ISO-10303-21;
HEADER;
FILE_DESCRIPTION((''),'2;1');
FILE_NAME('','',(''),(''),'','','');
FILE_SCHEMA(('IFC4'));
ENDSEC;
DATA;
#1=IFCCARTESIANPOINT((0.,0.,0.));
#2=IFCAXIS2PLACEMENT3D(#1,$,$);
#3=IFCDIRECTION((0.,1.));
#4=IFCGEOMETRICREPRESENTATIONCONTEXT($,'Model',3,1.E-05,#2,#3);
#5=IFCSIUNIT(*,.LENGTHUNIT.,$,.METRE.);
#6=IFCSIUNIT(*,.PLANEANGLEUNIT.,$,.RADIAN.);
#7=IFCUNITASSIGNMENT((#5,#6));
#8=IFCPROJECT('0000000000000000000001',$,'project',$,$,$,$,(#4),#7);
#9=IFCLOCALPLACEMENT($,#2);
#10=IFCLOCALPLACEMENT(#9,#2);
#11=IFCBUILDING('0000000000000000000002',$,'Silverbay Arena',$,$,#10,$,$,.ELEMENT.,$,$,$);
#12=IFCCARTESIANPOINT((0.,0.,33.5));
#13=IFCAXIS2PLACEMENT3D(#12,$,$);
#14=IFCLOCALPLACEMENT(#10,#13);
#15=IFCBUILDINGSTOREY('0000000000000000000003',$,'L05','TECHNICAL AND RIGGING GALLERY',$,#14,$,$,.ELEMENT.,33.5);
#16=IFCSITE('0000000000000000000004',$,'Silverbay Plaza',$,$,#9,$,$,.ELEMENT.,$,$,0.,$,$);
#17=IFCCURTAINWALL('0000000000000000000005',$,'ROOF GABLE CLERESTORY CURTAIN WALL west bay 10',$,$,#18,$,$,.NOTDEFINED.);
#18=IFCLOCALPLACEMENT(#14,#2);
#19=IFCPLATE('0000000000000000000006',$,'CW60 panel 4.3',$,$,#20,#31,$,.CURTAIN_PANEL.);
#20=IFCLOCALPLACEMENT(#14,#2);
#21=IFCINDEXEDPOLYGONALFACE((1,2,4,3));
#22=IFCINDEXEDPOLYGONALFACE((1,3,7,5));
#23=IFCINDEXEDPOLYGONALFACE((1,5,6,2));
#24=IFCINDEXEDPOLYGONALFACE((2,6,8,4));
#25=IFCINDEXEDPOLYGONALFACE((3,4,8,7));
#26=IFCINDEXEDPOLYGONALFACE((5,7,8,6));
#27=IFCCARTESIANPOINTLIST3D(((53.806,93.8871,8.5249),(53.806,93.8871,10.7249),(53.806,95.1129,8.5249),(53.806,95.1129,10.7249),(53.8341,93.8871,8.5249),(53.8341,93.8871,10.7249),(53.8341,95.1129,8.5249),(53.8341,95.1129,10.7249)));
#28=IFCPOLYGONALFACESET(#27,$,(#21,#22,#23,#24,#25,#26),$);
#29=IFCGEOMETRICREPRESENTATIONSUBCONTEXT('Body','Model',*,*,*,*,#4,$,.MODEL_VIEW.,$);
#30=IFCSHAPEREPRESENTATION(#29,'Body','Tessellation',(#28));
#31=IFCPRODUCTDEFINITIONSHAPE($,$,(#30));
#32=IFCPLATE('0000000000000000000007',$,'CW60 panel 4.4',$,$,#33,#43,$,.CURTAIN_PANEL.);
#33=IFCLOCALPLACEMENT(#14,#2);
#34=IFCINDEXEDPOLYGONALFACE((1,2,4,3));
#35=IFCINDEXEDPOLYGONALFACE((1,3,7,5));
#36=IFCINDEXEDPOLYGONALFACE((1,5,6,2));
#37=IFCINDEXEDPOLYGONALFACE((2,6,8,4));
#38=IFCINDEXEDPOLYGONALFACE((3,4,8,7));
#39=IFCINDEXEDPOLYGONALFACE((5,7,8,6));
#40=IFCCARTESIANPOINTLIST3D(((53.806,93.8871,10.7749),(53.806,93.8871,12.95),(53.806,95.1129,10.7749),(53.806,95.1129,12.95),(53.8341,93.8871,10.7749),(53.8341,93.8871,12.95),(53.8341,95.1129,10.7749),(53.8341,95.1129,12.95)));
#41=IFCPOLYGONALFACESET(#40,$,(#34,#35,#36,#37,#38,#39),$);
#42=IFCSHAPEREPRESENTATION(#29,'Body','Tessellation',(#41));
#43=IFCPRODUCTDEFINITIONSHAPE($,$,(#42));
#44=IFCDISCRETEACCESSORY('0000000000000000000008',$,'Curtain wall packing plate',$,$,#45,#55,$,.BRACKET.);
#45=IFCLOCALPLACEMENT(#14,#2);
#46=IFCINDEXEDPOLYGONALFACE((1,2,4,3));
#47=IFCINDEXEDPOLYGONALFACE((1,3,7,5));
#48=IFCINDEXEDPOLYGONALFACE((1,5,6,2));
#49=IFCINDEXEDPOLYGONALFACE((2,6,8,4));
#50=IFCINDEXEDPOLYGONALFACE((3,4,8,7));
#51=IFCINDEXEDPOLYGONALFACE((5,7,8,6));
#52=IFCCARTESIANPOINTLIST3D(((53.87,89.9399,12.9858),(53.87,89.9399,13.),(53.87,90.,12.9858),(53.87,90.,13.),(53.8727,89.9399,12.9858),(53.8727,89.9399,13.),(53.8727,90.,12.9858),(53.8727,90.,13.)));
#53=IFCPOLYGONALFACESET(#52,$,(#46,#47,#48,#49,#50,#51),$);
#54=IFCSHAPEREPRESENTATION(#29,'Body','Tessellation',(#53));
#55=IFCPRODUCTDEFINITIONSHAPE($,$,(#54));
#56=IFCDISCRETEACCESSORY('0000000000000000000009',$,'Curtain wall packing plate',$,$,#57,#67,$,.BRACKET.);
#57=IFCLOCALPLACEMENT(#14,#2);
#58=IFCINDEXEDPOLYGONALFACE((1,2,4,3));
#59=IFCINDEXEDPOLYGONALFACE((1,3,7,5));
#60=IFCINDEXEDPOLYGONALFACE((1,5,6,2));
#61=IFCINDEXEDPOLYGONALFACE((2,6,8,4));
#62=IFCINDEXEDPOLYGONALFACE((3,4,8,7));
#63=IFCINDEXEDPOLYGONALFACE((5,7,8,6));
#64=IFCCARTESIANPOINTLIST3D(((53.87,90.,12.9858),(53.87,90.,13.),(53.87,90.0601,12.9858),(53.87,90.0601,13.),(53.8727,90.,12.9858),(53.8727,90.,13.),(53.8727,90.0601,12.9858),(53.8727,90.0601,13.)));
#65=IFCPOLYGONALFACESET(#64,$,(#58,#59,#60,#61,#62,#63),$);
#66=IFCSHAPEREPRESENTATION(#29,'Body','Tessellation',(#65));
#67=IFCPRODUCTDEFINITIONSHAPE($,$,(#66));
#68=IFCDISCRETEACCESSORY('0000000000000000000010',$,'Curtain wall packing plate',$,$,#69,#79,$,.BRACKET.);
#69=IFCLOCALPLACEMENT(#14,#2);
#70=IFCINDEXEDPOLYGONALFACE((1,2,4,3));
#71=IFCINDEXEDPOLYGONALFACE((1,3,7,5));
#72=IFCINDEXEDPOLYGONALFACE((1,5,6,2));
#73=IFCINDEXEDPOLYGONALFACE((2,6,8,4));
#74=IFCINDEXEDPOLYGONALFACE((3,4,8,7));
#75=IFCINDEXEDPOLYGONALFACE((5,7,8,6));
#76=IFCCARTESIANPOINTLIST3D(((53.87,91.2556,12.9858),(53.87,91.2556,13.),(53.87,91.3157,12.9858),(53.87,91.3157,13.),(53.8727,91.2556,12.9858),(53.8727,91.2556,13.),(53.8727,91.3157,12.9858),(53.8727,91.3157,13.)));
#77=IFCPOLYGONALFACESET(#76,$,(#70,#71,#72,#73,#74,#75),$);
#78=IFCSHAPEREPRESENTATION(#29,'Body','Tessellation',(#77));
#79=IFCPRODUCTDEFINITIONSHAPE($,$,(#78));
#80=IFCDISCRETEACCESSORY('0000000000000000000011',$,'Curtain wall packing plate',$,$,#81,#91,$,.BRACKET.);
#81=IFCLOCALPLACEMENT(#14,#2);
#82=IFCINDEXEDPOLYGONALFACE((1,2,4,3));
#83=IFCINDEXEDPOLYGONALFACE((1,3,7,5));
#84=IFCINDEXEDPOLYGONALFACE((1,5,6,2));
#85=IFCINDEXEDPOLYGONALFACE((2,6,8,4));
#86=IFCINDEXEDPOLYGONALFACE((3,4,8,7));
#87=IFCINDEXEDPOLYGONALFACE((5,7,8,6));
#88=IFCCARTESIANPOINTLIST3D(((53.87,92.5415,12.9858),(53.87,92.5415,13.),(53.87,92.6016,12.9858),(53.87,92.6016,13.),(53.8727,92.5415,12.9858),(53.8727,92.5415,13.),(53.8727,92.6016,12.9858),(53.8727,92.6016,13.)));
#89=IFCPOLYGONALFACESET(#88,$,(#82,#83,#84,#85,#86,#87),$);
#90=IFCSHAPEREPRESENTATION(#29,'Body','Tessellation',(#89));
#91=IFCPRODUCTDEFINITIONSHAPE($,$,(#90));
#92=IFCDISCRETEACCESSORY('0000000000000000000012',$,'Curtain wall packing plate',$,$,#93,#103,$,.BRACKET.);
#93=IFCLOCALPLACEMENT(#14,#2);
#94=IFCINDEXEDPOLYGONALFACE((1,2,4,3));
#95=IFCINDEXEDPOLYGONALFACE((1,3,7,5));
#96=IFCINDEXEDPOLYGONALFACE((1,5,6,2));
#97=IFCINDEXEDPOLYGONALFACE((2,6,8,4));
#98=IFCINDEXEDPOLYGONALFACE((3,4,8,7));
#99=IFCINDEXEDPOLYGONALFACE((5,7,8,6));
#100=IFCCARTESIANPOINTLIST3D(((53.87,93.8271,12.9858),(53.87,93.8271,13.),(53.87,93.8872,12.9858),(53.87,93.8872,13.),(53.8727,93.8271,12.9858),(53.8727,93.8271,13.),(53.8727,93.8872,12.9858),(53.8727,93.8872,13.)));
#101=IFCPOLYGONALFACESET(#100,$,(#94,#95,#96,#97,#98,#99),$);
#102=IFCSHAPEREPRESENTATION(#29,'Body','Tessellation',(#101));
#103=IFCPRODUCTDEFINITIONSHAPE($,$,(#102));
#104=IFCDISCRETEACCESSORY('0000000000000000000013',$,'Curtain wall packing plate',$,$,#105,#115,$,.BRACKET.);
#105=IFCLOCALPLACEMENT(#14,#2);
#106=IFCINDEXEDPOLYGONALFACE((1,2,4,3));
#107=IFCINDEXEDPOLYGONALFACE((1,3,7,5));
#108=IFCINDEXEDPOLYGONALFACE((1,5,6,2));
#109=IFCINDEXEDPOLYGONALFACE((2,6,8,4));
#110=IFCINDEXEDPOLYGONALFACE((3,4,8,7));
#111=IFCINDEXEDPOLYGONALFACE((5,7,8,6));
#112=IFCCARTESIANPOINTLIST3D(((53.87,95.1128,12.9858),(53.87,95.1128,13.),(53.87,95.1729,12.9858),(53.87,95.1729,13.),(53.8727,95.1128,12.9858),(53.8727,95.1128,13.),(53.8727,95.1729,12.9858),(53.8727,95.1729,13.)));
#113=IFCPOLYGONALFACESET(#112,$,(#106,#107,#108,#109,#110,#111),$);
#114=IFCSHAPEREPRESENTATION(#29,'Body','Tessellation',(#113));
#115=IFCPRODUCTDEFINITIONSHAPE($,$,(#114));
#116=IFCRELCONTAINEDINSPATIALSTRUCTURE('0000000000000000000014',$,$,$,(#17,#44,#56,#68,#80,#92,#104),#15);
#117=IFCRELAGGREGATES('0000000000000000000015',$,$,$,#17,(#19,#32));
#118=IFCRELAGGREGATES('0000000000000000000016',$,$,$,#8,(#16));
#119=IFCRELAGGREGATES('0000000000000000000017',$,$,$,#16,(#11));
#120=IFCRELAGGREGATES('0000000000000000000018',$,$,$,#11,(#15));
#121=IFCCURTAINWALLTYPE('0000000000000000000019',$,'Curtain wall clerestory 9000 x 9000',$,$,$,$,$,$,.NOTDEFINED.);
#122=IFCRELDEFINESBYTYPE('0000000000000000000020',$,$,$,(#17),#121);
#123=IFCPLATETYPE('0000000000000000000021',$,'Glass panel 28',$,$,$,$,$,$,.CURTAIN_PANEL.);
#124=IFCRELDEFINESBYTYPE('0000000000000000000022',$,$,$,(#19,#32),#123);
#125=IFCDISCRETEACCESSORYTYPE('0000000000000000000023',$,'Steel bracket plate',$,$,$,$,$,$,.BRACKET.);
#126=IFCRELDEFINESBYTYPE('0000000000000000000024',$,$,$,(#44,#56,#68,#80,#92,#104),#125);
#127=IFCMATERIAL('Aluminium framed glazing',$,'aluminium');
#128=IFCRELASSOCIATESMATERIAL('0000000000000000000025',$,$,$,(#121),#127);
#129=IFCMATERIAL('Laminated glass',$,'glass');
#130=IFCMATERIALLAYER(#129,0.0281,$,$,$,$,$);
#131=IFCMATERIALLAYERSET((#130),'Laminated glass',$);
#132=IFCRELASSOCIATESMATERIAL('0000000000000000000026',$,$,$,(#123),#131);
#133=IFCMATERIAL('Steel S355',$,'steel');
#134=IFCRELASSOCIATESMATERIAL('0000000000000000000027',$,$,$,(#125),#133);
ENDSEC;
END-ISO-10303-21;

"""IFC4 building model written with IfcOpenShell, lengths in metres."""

from ifc_helpers import new_model, si_unit, direction, frame, origin, origin_2d, place, context, subcontext, project, spatial, rectangle, extrude, material, layer, layer_set, type_object, element, aggregate, save


model = new_model("IFC4")

# Units and contexts
model_context = context("Model", 3, precision=1e-05, world=origin(), true_north=direction((0.0, 1.0)))
body_context = subcontext(model_context, "Body", "Model", "MODEL_VIEW")
ifc_project = project(units=[si_unit("LENGTHUNIT", "METRE"), si_unit("PLANEANGLEUNIT", "RADIAN")], contexts=[model_context])

# Site, building, storey
site_placement = place(None, origin())
site = spatial("IfcSite", under=ifc_project, at=site_placement, Name="Silverbay Plaza", CompositionType="ELEMENT", RefElevation=0.0)
building_placement = place(site_placement, origin())
building = spatial("IfcBuilding", under=site, at=building_placement, Name="Silverbay Arena", CompositionType="ELEMENT")
storey_placement = place(building_placement, frame((0.0, 0.0, 33.5)))
storey = spatial("IfcBuildingStorey", under=building, at=storey_placement, Name="L05", Description="TECHNICAL AND RIGGING GALLERY", CompositionType="ELEMENT", Elevation=33.5)

# Shared definitions
ifc_material_1 = material(Name="Aluminium framed glazing", Category="aluminium")
curtain_wall_type = type_object("IfcCurtainWallType", Name="Curtain wall clerestory 9000 x 9000", PredefinedType="NOTDEFINED", material=ifc_material_1)

# Curtain wall
curtain_wall_1_placement = place(storey_placement, origin())
curtain_wall_1 = element("IfcCurtainWall", 1, at=curtain_wall_1_placement, inside=storey, type_object=curtain_wall_type, Name="ROOF GABLE CLERESTORY CURTAIN WALL west bay 10", PredefinedType="NOTDEFINED")

# Plates
ifc_material_2 = material(Name="Laminated glass", Category="glass")
ifc_layer = layer(ifc_material_2, 0.0281)
ifc_layer_set = layer_set([ifc_layer], Name="Laminated glass")
plate_type = type_object("IfcPlateType", Name="Glass panel 28", PredefinedType="CURTAIN_PANEL", material=ifc_layer_set)
plate_1_placement = place(storey_placement, frame((53.8201, 94.5, 8.5249), z_axis=(0.0, 0.0, 1.0), x_axis=(0.0, 1.0, 0.0)))
plate_1 = element("IfcPlate", 2, at=plate_1_placement, type_object=plate_type, Name="CW60 panel 4.3", PredefinedType="CURTAIN_PANEL", context=body_context, shape_type="SweptSolid", body=[
    extrude(rectangle(XDim=1.2258, YDim=0.0281, at=origin_2d()), origin(), (0.0, 0.0, 1.0), 2.2),
])
plate_2_placement = place(storey_placement, frame((53.8201, 94.5, 10.7749), z_axis=(0.0, 0.0, 1.0), x_axis=(0.0, 1.0, 0.0)))
plate_2 = element("IfcPlate", 3, at=plate_2_placement, type_object=plate_type, Name="CW60 panel 4.4", PredefinedType="CURTAIN_PANEL", context=body_context, shape_type="SweptSolid", body=[
    extrude(rectangle(XDim=1.2258, YDim=0.0281, at=origin_2d()), origin(), (0.0, 0.0, 1.0), 2.175),
])
aggregate(curtain_wall_1, [plate_1, plate_2])

# Discrete accessories
ifc_material_3 = material(Name="Steel S355", Category="steel")
discrete_accessory_type = type_object("IfcDiscreteAccessoryType", Name="Steel bracket plate", PredefinedType="BRACKET", material=ifc_material_3)
for number, where, z_axis, x_axis, name in (
    (4, (53.8713, 89.97, 12.9858), (0.0, 0.0, 1.0), (1.0, 0.0, 0.0), "Curtain wall packing plate"),
    (5, (53.8713, 90.03, 12.9858), (0.0, 0.0, 1.0), (1.0, 0.0, 0.0), "Curtain wall packing plate"),
    (6, (53.8713, 91.2856, 12.9858), (0.0, 0.0, 1.0), (1.0, 0.0, 0.0), "Curtain wall packing plate"),
    (7, (53.8713, 92.5715, 12.9858), (0.0, 0.0, 1.0), (1.0, 0.0, 0.0), "Curtain wall packing plate"),
    (8, (53.8713, 93.8572, 12.9858), (0.0, 0.0, 1.0), (1.0, 0.0, 0.0), "Curtain wall packing plate"),
    (9, (53.8713, 95.1428, 12.9858), (0.0, 0.0, 1.0), (1.0, 0.0, 0.0), "Curtain wall packing plate"),
):
    element("IfcDiscreteAccessory", number, at=place(storey_placement, frame(where, z_axis=z_axis, x_axis=x_axis)), inside=storey, type_object=discrete_accessory_type, Name=name, PredefinedType="BRACKET", context=body_context, shape_type="SweptSolid", body=[
        extrude(rectangle(XDim=0.0027, YDim=0.0601, at=origin_2d()), origin(), (0.0, 0.0, 1.0), 0.0142),
    ])

save(model, "model.ifc")
